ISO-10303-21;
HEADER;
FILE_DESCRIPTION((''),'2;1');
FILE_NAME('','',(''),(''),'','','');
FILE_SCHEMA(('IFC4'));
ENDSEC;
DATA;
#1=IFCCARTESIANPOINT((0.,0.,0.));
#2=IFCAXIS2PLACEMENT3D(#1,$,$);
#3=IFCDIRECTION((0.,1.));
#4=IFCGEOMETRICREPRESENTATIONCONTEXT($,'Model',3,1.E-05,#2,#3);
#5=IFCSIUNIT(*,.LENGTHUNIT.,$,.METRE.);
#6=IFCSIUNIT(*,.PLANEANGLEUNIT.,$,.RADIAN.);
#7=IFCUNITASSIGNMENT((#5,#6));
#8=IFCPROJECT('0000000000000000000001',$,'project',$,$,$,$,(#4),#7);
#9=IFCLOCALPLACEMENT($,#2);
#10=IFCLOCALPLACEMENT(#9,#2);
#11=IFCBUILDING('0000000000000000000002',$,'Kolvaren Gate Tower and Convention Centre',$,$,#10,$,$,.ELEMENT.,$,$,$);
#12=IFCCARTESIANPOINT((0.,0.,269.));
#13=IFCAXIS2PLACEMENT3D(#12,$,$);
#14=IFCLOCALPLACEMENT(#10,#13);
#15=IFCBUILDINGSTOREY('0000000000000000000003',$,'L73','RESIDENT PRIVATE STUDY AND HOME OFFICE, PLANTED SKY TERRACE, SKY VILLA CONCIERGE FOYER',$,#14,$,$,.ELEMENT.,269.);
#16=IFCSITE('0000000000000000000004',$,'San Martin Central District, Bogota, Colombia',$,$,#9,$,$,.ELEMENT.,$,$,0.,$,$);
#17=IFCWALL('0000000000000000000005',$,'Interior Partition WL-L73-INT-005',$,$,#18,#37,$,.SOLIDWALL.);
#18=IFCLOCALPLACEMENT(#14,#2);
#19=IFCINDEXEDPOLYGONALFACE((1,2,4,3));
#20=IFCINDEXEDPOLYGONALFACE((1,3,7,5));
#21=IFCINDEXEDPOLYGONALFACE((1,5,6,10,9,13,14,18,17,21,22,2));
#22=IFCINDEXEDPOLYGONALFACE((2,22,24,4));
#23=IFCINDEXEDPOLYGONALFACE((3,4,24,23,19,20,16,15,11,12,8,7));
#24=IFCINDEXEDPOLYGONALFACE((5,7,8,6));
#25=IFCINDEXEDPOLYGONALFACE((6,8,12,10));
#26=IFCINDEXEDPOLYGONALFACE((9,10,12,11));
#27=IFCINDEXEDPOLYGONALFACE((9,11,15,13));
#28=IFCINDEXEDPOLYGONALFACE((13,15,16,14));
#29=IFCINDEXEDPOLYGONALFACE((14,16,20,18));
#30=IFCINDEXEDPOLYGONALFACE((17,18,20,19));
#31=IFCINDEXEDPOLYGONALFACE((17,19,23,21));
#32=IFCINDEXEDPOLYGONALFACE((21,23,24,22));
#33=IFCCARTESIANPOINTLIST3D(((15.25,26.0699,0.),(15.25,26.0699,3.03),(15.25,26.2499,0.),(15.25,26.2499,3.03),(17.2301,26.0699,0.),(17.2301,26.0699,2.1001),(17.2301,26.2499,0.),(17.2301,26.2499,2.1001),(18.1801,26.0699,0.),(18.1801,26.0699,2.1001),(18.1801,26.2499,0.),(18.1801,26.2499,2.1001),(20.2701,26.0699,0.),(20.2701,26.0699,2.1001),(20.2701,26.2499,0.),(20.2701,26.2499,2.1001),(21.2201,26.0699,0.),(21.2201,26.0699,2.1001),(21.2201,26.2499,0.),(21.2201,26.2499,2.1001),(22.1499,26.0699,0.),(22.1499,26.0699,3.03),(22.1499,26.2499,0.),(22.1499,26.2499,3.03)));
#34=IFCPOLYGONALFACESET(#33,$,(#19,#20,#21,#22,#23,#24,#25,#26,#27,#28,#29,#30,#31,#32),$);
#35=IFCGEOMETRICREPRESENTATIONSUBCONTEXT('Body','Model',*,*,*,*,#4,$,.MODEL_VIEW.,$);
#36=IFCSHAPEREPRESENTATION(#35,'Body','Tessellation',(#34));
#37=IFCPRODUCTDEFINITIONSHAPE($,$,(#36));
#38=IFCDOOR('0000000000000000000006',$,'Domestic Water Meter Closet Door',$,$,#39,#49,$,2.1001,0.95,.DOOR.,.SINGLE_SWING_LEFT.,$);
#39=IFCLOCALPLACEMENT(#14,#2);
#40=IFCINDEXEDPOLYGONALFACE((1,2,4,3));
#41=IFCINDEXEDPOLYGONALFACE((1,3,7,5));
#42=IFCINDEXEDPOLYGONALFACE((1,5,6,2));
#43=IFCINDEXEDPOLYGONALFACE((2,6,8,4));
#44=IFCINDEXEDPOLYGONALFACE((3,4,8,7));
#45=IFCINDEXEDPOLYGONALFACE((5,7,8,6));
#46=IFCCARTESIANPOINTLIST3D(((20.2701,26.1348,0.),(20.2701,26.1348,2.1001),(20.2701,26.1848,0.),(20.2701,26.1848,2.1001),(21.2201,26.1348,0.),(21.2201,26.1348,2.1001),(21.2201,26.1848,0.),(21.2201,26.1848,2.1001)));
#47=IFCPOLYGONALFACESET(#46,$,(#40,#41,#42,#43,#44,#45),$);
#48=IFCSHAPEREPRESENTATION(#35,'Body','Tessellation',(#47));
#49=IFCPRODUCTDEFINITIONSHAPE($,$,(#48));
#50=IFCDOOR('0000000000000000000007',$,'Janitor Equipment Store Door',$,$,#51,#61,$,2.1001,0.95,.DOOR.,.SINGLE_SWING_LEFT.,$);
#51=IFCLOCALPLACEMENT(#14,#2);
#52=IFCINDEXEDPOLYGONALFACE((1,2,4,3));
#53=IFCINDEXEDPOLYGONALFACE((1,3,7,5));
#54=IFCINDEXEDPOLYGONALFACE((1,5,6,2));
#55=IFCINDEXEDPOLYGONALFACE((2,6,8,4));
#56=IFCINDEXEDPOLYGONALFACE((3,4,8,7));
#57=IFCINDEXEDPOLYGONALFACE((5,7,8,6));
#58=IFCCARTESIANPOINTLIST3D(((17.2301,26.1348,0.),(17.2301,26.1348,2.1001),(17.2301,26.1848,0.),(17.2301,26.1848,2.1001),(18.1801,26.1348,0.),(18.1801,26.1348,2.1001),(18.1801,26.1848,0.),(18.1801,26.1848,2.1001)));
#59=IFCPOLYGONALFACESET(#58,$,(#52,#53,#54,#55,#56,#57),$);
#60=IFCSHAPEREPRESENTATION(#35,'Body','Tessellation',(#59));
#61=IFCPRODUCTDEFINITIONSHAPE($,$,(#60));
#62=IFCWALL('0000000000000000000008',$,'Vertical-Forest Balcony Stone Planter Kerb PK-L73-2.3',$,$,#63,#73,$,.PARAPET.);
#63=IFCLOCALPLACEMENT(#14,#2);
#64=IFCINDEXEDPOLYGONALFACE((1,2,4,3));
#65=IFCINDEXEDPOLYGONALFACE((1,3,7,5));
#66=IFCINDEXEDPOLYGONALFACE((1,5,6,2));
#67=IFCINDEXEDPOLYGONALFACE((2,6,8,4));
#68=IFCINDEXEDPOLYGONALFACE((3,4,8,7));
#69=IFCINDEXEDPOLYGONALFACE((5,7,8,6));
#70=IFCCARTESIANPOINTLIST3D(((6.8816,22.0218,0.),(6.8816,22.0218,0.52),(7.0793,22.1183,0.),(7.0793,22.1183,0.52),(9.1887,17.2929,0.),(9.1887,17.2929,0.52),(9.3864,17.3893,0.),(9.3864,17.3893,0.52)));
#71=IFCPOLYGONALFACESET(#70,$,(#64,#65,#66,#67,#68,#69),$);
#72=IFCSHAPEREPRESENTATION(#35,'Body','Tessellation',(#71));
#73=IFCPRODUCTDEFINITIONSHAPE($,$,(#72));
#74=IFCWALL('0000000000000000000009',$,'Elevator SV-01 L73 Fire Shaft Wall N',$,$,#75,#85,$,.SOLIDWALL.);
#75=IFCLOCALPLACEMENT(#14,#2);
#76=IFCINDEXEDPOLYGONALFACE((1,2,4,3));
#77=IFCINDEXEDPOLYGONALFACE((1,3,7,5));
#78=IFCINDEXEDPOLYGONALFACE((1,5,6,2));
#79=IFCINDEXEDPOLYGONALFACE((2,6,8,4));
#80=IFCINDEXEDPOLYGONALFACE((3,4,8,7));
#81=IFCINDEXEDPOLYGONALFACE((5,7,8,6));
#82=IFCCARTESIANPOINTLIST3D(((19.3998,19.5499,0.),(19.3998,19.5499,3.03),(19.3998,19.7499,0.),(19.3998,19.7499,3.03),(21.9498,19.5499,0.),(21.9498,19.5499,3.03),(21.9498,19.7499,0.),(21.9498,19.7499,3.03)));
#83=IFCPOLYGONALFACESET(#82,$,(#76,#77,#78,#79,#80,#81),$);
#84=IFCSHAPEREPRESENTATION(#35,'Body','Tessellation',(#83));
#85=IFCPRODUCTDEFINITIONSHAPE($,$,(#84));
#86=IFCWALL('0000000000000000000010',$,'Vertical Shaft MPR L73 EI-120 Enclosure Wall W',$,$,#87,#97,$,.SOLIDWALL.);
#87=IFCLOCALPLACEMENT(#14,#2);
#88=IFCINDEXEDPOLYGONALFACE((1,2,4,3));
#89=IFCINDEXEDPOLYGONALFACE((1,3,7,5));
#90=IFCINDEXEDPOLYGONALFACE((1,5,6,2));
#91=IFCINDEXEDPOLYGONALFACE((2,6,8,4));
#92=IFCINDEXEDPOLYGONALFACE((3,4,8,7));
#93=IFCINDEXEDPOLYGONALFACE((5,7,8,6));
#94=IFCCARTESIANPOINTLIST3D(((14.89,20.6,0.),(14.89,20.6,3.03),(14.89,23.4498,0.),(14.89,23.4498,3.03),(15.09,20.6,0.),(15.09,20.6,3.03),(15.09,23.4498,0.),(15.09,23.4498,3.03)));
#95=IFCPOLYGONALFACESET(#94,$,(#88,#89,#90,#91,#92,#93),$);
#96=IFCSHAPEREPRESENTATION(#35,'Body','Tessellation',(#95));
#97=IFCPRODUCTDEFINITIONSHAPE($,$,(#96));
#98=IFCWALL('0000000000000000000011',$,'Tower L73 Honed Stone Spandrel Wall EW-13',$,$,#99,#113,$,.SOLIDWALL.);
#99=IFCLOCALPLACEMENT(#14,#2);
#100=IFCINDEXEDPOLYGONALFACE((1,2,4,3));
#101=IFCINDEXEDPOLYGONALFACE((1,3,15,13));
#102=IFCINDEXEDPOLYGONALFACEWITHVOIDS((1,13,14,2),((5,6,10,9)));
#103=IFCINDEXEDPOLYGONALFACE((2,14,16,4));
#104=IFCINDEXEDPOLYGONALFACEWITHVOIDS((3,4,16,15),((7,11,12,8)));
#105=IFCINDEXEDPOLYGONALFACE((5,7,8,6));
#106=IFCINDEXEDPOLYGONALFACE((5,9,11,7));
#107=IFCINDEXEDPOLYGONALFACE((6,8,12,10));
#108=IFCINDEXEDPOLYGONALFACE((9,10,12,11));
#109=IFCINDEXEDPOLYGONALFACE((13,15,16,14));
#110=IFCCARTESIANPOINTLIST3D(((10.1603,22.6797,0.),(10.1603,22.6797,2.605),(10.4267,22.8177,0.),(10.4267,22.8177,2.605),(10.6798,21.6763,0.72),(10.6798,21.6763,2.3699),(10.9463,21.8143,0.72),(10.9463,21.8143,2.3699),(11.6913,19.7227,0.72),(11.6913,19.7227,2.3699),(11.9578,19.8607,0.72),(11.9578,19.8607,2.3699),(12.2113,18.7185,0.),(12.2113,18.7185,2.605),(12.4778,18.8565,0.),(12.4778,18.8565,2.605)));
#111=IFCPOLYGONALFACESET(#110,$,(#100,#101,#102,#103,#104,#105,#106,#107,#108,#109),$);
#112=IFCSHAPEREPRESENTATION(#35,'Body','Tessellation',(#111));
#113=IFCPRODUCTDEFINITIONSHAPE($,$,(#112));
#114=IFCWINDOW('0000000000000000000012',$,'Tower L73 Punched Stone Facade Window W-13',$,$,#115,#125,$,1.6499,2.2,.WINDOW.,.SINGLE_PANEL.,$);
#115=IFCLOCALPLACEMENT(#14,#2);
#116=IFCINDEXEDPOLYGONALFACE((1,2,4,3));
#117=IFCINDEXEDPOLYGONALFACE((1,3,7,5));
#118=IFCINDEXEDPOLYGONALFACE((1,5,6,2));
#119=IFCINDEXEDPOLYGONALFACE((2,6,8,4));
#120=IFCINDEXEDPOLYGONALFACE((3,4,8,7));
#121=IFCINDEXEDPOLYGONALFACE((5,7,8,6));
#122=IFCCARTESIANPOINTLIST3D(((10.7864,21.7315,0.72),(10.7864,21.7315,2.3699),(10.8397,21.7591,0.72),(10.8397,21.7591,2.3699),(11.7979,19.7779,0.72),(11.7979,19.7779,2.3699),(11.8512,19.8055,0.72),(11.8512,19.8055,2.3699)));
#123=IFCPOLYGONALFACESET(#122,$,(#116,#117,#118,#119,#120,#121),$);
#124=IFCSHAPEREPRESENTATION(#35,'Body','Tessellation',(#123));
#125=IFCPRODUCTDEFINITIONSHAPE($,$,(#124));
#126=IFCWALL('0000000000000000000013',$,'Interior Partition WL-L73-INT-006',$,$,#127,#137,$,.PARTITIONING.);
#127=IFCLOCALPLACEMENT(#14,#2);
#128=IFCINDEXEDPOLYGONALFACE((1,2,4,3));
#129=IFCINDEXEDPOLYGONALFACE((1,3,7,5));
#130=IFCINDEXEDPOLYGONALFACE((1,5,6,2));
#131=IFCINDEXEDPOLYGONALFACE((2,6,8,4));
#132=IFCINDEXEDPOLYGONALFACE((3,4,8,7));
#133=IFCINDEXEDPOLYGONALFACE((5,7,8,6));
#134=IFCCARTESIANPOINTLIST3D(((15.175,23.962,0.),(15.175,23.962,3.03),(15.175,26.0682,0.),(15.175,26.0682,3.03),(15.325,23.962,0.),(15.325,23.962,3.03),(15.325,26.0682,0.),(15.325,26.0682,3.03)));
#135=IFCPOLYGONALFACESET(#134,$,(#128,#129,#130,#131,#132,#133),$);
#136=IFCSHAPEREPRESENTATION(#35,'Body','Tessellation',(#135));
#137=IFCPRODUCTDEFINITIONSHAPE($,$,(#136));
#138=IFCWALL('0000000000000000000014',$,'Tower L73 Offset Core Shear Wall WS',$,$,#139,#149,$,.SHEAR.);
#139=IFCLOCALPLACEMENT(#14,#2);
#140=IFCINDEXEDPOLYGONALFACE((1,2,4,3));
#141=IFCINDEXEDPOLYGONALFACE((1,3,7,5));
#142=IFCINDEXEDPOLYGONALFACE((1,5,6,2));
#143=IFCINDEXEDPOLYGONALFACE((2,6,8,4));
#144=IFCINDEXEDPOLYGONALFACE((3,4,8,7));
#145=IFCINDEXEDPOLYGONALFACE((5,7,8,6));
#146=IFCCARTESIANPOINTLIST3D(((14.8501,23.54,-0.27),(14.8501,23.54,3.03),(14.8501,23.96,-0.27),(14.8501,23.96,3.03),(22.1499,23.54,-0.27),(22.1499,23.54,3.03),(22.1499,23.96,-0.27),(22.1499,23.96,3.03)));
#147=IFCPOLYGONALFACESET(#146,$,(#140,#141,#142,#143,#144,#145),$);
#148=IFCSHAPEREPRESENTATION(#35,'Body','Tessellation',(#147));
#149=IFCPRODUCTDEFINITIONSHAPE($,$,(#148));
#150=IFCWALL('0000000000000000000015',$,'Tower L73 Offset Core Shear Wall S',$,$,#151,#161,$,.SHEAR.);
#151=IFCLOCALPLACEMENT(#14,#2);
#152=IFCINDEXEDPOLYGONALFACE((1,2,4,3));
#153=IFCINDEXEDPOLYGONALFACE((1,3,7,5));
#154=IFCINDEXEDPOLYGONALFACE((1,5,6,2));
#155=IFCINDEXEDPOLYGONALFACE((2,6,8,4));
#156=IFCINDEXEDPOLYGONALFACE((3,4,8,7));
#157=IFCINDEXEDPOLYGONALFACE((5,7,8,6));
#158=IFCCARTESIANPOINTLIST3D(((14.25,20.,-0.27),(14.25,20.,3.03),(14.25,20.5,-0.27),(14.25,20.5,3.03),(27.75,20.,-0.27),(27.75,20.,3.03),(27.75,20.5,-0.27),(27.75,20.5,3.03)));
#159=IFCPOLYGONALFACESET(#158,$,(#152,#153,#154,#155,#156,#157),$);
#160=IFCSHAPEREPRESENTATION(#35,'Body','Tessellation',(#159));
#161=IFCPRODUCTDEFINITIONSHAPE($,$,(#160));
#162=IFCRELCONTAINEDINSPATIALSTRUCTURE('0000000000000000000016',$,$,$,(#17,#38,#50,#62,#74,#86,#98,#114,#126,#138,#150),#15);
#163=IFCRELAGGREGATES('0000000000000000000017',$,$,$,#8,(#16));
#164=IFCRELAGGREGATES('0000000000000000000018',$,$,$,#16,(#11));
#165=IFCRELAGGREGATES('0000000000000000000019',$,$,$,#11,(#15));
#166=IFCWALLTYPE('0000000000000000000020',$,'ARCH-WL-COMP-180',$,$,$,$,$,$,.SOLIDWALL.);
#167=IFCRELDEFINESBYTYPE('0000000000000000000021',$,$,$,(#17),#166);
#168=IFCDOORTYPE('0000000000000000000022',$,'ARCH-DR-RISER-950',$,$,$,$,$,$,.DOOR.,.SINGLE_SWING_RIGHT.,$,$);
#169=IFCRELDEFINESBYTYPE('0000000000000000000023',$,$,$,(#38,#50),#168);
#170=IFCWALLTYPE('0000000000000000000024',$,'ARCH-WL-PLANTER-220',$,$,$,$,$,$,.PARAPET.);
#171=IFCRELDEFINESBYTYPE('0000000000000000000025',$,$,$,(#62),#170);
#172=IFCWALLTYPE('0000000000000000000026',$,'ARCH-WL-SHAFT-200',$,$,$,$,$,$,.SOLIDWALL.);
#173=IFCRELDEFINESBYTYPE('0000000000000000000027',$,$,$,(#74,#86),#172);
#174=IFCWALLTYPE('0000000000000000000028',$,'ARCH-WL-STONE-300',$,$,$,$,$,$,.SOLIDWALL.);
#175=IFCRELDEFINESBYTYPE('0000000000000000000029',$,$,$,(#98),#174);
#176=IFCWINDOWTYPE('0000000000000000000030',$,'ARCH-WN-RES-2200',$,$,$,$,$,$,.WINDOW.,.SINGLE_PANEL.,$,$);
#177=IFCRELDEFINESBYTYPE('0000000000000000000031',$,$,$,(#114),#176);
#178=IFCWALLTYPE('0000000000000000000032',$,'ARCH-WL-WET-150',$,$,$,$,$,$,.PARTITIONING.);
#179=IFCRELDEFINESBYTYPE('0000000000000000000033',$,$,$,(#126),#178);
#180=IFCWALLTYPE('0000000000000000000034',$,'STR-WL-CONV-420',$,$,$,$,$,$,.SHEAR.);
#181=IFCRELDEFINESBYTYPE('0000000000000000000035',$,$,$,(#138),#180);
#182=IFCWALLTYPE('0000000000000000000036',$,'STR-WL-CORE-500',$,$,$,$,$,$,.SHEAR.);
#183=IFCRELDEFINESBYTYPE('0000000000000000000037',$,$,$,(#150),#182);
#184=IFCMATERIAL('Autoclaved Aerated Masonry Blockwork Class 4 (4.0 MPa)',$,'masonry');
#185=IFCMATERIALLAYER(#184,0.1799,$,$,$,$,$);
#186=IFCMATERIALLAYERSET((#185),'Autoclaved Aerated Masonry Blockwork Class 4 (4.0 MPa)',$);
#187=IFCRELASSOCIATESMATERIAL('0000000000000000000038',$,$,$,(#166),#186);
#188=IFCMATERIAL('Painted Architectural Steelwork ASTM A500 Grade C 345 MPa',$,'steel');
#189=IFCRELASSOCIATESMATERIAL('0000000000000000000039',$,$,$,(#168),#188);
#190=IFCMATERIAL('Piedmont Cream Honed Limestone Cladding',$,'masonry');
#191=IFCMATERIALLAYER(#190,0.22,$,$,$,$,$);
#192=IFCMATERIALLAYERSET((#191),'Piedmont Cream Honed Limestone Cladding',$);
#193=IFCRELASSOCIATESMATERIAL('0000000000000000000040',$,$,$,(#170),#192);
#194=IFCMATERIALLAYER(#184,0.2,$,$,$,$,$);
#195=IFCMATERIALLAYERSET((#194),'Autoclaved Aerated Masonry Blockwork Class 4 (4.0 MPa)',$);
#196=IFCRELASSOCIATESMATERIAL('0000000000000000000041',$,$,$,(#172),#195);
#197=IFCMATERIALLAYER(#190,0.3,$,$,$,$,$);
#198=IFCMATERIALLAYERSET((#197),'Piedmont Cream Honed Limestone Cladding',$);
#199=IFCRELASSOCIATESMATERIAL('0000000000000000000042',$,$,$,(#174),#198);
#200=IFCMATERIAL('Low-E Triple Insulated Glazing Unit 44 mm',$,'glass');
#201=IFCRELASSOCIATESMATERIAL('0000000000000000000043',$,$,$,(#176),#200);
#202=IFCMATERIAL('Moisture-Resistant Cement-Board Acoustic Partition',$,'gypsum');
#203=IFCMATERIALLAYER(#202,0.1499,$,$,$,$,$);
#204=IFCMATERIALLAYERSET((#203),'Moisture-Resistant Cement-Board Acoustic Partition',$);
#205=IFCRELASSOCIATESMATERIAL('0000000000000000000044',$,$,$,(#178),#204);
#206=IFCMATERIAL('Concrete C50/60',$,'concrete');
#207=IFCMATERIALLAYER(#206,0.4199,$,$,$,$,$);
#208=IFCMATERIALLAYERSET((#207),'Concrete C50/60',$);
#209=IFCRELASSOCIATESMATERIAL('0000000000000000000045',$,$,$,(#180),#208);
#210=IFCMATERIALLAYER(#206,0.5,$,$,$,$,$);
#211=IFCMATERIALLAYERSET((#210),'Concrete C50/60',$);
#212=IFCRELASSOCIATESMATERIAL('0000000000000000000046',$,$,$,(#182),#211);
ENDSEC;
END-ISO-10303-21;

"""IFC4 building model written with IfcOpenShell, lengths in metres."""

from ifc_helpers import new_model, si_unit, direction, frame, frame_2d, origin, place, context, subcontext, project, spatial, rectangle, extrude, material, layer, layer_set, type_object, element, fill, save


model = new_model("IFC4")

# Units and contexts
model_context = context("Model", 3, precision=1e-05, world=origin(), true_north=direction((0.0, 1.0)))
body_context = subcontext(model_context, "Body", "Model", "MODEL_VIEW")
ifc_project = project(units=[si_unit("LENGTHUNIT", "METRE"), si_unit("PLANEANGLEUNIT", "RADIAN")], contexts=[model_context])

# Site, building, storey
site_placement = place(None, origin())
site = spatial("IfcSite", under=ifc_project, at=site_placement, Name="San Martin Central District, Bogota, Colombia", CompositionType="ELEMENT", RefElevation=0.0)
building_placement = place(site_placement, origin())
building = spatial("IfcBuilding", under=site, at=building_placement, Name="Kolvaren Gate Tower and Convention Centre", CompositionType="ELEMENT")
storey_placement = place(building_placement, frame((0.0, 0.0, 269.0)))
storey = spatial("IfcBuildingStorey", under=building, at=storey_placement, Name="L73", Description="RESIDENT PRIVATE STUDY AND HOME OFFICE, PLANTED SKY TERRACE, SKY VILLA CONCIERGE FOYER", CompositionType="ELEMENT", Elevation=269.0)

# Wall, openings, doors
ifc_material_1 = material(Name="Autoclaved Aerated Masonry Blockwork Class 4 (4.0 MPa)", Category="masonry")
ifc_layer_1 = layer(ifc_material_1, 0.1799)
ifc_layer_set_1 = layer_set([ifc_layer_1], Name="Autoclaved Aerated Masonry Blockwork Class 4 (4.0 MPa)")
wall_type_1 = type_object("IfcWallType", Name="ARCH-WL-COMP-180", PredefinedType="SOLIDWALL", material=ifc_layer_set_1)
wall_1_placement = place(storey_placement, frame((15.25, 26.1599, 0.0), z_axis=(0.0, 0.0, 1.0), x_axis=(1.0, 0.0, 0.0)))
wall_1 = element("IfcWall", 1, at=wall_1_placement, inside=storey, type_object=wall_type_1, Name="Interior Partition WL-L73-INT-005", PredefinedType="SOLIDWALL", context=body_context, shape_type="SweptSolid", body=[
    extrude(rectangle(XDim=6.8999, YDim=0.1799, at=frame_2d((3.45, 0.0))), origin(), (0.0, 0.0, 1.0), 3.03),
])
opening_1_placement = place(wall_1_placement, frame((5.02, 0.0, 0.0)))
opening_1 = element("IfcOpeningElement", 2, at=opening_1_placement, cuts=wall_1, PredefinedType="OPENING", context=body_context, shape_type="SweptSolid", body=[
    extrude(rectangle(XDim=0.95, YDim=2.1001, at=frame_2d((0.4751, 1.05))), frame((0.0, 0.0999, 0.0), z_axis=(0.0, -1.0, 0.0), x_axis=(1.0, 0.0, 0.0)), (0.0, 0.0, 1.0), 0.2),
])
opening_2_placement = place(wall_1_placement, frame((1.98, 0.0, 0.0)))
opening_2 = element("IfcOpeningElement", 3, at=opening_2_placement, cuts=wall_1, PredefinedType="OPENING", context=body_context, shape_type="SweptSolid", body=[
    extrude(rectangle(XDim=0.95, YDim=2.1001, at=frame_2d((0.4751, 1.05))), frame((0.0, 0.0999, 0.0), z_axis=(0.0, -1.0, 0.0), x_axis=(1.0, 0.0, 0.0)), (0.0, 0.0, 1.0), 0.2),
])
ifc_material_2 = material(Name="Painted Architectural Steelwork ASTM A500 Grade C 345 MPa", Category="steel")
door_type = type_object("IfcDoorType", Name="ARCH-DR-RISER-950", OperationType="SINGLE_SWING_RIGHT", PredefinedType="DOOR", material=ifc_material_2)
door_1_placement = place(opening_1_placement, origin())
door_1 = element("IfcDoor", 4, at=door_1_placement, inside=storey, type_object=door_type, Name="Domestic Water Meter Closet Door", OperationType="SINGLE_SWING_LEFT", OverallHeight=2.1001, OverallWidth=0.95, PredefinedType="DOOR", context=body_context, shape_type="SweptSolid", body=[
    extrude(rectangle(XDim=0.95, YDim=2.1001, at=frame_2d((0.4751, 1.05))), frame((0.0, 0.0249, 0.0), z_axis=(0.0, -1.0, 0.0), x_axis=(1.0, 0.0, 0.0)), (0.0, 0.0, 1.0), 0.05),
])
fill(opening_1, door_1)
door_2_placement = place(opening_2_placement, origin())
door_2 = element("IfcDoor", 5, at=door_2_placement, inside=storey, type_object=door_type, Name="Janitor Equipment Store Door", OperationType="SINGLE_SWING_LEFT", OverallHeight=2.1001, OverallWidth=0.95, PredefinedType="DOOR", context=body_context, shape_type="SweptSolid", body=[
    extrude(rectangle(XDim=0.95, YDim=2.1001, at=frame_2d((0.4751, 1.05))), frame((0.0, 0.0249, 0.0), z_axis=(0.0, -1.0, 0.0), x_axis=(1.0, 0.0, 0.0)), (0.0, 0.0, 1.0), 0.05),
])
fill(opening_2, door_2)

# Walls
ifc_material_3 = material(Name="Piedmont Cream Honed Limestone Cladding", Category="masonry")
ifc_layer_2 = layer(ifc_material_3, 0.22)
ifc_layer_set_2 = layer_set([ifc_layer_2], Name="Piedmont Cream Honed Limestone Cladding")
wall_type_2 = type_object("IfcWallType", Name="ARCH-WL-PLANTER-220", PredefinedType="PARAPET", material=ifc_layer_set_2)
wall_2_placement = place(storey_placement, frame((6.9805, 22.0701, 0.0), z_axis=(0.0, 0.0, 1.0), x_axis=(0.438469, -0.898746, 0.0)))
element("IfcWall", 6, at=wall_2_placement, inside=storey, type_object=wall_type_2, Name="Vertical-Forest Balcony Stone Planter Kerb PK-L73-2.3", PredefinedType="PARAPET", context=body_context, shape_type="SweptSolid", body=[
    extrude(rectangle(XDim=5.2617, YDim=0.22, at=frame_2d((2.6309, 0.0))), origin(), (0.0, 0.0, 1.0), 0.52),
])
ifc_layer_3 = layer(ifc_material_1, 0.2)
ifc_layer_set_3 = layer_set([ifc_layer_3], Name="Autoclaved Aerated Masonry Blockwork Class 4 (4.0 MPa)")
wall_type_3 = type_object("IfcWallType", Name="ARCH-WL-SHAFT-200", PredefinedType="SOLIDWALL", material=ifc_layer_set_3)
wall_3_placement = place(storey_placement, frame((19.3999, 19.6499, 0.0), z_axis=(0.0, 0.0, 1.0), x_axis=(1.0, 0.0, 0.0)))
element("IfcWall", 7, at=wall_3_placement, inside=storey, type_object=wall_type_3, Name="Elevator SV-01 L73 Fire Shaft Wall N", PredefinedType="SOLIDWALL", context=body_context, shape_type="SweptSolid", body=[
    extrude(rectangle(XDim=2.55, YDim=0.2, at=frame_2d((1.2749, 0.0))), origin(), (0.0, 0.0, 1.0), 3.03),
])
wall_4_placement = place(storey_placement, frame((14.99, 20.6001, 0.0), z_axis=(0.0, 0.0, 1.0), x_axis=(0.0, 1.0, 0.0)))
element("IfcWall", 8, at=wall_4_placement, inside=storey, type_object=wall_type_3, Name="Vertical Shaft MPR L73 EI-120 Enclosure Wall W", PredefinedType="SOLIDWALL", context=body_context, shape_type="SweptSolid", body=[
    extrude(rectangle(XDim=2.8499, YDim=0.2, at=frame_2d((1.4248, 0.0))), origin(), (0.0, 0.0, 1.0), 3.03),
])

# Wall, opening, window
ifc_layer_4 = layer(ifc_material_3, 0.3)
ifc_layer_set_4 = layer_set([ifc_layer_4], Name="Piedmont Cream Honed Limestone Cladding")
wall_type_4 = type_object("IfcWallType", Name="ARCH-WL-STONE-300", PredefinedType="SOLIDWALL", material=ifc_layer_set_4)
wall_5_placement = place(storey_placement, frame((10.2935, 22.7488, 0.0), z_axis=(0.0, 0.0, 1.0), x_axis=(0.459801, -0.888022, 0.0)))
wall_5 = element("IfcWall", 9, at=wall_5_placement, inside=storey, type_object=wall_type_4, Name="Tower L73 Honed Stone Spandrel Wall EW-13", PredefinedType="SOLIDWALL", context=body_context, shape_type="SweptSolid", body=[
    extrude(rectangle(XDim=4.4607, YDim=0.3, at=frame_2d((2.2305, 0.0))), origin(), (0.0, 0.0, 1.0), 2.605),
])
opening_3_placement = place(wall_5_placement, frame((1.1299, 0.0, 0.72)))
opening_3 = element("IfcOpeningElement", 10, at=opening_3_placement, cuts=wall_5, PredefinedType="OPENING", context=body_context, shape_type="SweptSolid", body=[
    extrude(rectangle(XDim=2.2, YDim=1.6499, at=frame_2d((1.1001, 0.825))), frame((0.0, 0.1599, 0.0), z_axis=(0.0, -1.0, 0.0), x_axis=(1.0, 0.0, 0.0)), (0.0, 0.0, 1.0), 0.3201),
])
ifc_material_4 = material(Name="Low-E Triple Insulated Glazing Unit 44 mm", Category="glass")
window_type = type_object("IfcWindowType", Name="ARCH-WN-RES-2200", PartitioningType="SINGLE_PANEL", PredefinedType="WINDOW", material=ifc_material_4)
window_placement = place(opening_3_placement, origin())
window = element("IfcWindow", 11, at=window_placement, inside=storey, type_object=window_type, Name="Tower L73 Punched Stone Facade Window W-13", OverallHeight=1.6499, OverallWidth=2.2, PartitioningType="SINGLE_PANEL", PredefinedType="WINDOW", context=body_context, shape_type="SweptSolid", body=[
    extrude(rectangle(XDim=2.2, YDim=1.6499, at=frame_2d((1.1001, 0.825))), frame((0.0, 0.03, 0.0), z_axis=(0.0, -1.0, 0.0), x_axis=(1.0, 0.0, 0.0)), (0.0, 0.0, 1.0), 0.0601),
])
fill(opening_3, window)

# Walls
ifc_material_5 = material(Name="Moisture-Resistant Cement-Board Acoustic Partition", Category="gypsum")
ifc_layer_5 = layer(ifc_material_5, 0.1499)
ifc_layer_set_5 = layer_set([ifc_layer_5], Name="Moisture-Resistant Cement-Board Acoustic Partition")
wall_type_5 = type_object("IfcWallType", Name="ARCH-WL-WET-150", PredefinedType="PARTITIONING", material=ifc_layer_set_5)
wall_6_placement = place(storey_placement, frame((15.25, 23.9619, 0.0), z_axis=(0.0, 0.0, 1.0), x_axis=(0.0, 1.0, 0.0)))
element("IfcWall", 12, at=wall_6_placement, inside=storey, type_object=wall_type_5, Name="Interior Partition WL-L73-INT-006", PredefinedType="PARTITIONING", context=body_context, shape_type="SweptSolid", body=[
    extrude(rectangle(XDim=2.1062, YDim=0.1499, at=frame_2d((1.0532, 0.0))), origin(), (0.0, 0.0, 1.0), 3.03),
])
ifc_material_6 = material(Name="Concrete C50/60", Category="concrete")
ifc_layer_6 = layer(ifc_material_6, 0.4199)
ifc_layer_set_6 = layer_set([ifc_layer_6], Name="Concrete C50/60")
wall_type_6 = type_object("IfcWallType", Name="STR-WL-CONV-420", PredefinedType="SHEAR", material=ifc_layer_set_6)
wall_7_placement = place(storey_placement, frame((14.8501, 23.75, -0.27), z_axis=(0.0, 0.0, 1.0), x_axis=(1.0, 0.0, 0.0)))
element("IfcWall", 13, at=wall_7_placement, inside=storey, type_object=wall_type_6, Name="Tower L73 Offset Core Shear Wall WS", PredefinedType="SHEAR", context=body_context, shape_type="SweptSolid", body=[
    extrude(rectangle(XDim=7.2998, YDim=0.4199, at=frame_2d((3.6499, 0.0))), origin(), (0.0, 0.0, 1.0), 3.3),
])
ifc_layer_7 = layer(ifc_material_6, 0.5)
ifc_layer_set_7 = layer_set([ifc_layer_7], Name="Concrete C50/60")
wall_type_7 = type_object("IfcWallType", Name="STR-WL-CORE-500", PredefinedType="SHEAR", material=ifc_layer_set_7)
wall_8_placement = place(storey_placement, frame((14.25, 20.25, -0.27), z_axis=(0.0, 0.0, 1.0), x_axis=(1.0, 0.0, 0.0)))
element("IfcWall", 14, at=wall_8_placement, inside=storey, type_object=wall_type_7, Name="Tower L73 Offset Core Shear Wall S", PredefinedType="SHEAR", context=body_context, shape_type="SweptSolid", body=[
    extrude(rectangle(XDim=13.5, YDim=0.5, at=frame_2d((6.75, 0.0))), origin(), (0.0, 0.0, 1.0), 3.3),
])

save(model, "model.ifc")
